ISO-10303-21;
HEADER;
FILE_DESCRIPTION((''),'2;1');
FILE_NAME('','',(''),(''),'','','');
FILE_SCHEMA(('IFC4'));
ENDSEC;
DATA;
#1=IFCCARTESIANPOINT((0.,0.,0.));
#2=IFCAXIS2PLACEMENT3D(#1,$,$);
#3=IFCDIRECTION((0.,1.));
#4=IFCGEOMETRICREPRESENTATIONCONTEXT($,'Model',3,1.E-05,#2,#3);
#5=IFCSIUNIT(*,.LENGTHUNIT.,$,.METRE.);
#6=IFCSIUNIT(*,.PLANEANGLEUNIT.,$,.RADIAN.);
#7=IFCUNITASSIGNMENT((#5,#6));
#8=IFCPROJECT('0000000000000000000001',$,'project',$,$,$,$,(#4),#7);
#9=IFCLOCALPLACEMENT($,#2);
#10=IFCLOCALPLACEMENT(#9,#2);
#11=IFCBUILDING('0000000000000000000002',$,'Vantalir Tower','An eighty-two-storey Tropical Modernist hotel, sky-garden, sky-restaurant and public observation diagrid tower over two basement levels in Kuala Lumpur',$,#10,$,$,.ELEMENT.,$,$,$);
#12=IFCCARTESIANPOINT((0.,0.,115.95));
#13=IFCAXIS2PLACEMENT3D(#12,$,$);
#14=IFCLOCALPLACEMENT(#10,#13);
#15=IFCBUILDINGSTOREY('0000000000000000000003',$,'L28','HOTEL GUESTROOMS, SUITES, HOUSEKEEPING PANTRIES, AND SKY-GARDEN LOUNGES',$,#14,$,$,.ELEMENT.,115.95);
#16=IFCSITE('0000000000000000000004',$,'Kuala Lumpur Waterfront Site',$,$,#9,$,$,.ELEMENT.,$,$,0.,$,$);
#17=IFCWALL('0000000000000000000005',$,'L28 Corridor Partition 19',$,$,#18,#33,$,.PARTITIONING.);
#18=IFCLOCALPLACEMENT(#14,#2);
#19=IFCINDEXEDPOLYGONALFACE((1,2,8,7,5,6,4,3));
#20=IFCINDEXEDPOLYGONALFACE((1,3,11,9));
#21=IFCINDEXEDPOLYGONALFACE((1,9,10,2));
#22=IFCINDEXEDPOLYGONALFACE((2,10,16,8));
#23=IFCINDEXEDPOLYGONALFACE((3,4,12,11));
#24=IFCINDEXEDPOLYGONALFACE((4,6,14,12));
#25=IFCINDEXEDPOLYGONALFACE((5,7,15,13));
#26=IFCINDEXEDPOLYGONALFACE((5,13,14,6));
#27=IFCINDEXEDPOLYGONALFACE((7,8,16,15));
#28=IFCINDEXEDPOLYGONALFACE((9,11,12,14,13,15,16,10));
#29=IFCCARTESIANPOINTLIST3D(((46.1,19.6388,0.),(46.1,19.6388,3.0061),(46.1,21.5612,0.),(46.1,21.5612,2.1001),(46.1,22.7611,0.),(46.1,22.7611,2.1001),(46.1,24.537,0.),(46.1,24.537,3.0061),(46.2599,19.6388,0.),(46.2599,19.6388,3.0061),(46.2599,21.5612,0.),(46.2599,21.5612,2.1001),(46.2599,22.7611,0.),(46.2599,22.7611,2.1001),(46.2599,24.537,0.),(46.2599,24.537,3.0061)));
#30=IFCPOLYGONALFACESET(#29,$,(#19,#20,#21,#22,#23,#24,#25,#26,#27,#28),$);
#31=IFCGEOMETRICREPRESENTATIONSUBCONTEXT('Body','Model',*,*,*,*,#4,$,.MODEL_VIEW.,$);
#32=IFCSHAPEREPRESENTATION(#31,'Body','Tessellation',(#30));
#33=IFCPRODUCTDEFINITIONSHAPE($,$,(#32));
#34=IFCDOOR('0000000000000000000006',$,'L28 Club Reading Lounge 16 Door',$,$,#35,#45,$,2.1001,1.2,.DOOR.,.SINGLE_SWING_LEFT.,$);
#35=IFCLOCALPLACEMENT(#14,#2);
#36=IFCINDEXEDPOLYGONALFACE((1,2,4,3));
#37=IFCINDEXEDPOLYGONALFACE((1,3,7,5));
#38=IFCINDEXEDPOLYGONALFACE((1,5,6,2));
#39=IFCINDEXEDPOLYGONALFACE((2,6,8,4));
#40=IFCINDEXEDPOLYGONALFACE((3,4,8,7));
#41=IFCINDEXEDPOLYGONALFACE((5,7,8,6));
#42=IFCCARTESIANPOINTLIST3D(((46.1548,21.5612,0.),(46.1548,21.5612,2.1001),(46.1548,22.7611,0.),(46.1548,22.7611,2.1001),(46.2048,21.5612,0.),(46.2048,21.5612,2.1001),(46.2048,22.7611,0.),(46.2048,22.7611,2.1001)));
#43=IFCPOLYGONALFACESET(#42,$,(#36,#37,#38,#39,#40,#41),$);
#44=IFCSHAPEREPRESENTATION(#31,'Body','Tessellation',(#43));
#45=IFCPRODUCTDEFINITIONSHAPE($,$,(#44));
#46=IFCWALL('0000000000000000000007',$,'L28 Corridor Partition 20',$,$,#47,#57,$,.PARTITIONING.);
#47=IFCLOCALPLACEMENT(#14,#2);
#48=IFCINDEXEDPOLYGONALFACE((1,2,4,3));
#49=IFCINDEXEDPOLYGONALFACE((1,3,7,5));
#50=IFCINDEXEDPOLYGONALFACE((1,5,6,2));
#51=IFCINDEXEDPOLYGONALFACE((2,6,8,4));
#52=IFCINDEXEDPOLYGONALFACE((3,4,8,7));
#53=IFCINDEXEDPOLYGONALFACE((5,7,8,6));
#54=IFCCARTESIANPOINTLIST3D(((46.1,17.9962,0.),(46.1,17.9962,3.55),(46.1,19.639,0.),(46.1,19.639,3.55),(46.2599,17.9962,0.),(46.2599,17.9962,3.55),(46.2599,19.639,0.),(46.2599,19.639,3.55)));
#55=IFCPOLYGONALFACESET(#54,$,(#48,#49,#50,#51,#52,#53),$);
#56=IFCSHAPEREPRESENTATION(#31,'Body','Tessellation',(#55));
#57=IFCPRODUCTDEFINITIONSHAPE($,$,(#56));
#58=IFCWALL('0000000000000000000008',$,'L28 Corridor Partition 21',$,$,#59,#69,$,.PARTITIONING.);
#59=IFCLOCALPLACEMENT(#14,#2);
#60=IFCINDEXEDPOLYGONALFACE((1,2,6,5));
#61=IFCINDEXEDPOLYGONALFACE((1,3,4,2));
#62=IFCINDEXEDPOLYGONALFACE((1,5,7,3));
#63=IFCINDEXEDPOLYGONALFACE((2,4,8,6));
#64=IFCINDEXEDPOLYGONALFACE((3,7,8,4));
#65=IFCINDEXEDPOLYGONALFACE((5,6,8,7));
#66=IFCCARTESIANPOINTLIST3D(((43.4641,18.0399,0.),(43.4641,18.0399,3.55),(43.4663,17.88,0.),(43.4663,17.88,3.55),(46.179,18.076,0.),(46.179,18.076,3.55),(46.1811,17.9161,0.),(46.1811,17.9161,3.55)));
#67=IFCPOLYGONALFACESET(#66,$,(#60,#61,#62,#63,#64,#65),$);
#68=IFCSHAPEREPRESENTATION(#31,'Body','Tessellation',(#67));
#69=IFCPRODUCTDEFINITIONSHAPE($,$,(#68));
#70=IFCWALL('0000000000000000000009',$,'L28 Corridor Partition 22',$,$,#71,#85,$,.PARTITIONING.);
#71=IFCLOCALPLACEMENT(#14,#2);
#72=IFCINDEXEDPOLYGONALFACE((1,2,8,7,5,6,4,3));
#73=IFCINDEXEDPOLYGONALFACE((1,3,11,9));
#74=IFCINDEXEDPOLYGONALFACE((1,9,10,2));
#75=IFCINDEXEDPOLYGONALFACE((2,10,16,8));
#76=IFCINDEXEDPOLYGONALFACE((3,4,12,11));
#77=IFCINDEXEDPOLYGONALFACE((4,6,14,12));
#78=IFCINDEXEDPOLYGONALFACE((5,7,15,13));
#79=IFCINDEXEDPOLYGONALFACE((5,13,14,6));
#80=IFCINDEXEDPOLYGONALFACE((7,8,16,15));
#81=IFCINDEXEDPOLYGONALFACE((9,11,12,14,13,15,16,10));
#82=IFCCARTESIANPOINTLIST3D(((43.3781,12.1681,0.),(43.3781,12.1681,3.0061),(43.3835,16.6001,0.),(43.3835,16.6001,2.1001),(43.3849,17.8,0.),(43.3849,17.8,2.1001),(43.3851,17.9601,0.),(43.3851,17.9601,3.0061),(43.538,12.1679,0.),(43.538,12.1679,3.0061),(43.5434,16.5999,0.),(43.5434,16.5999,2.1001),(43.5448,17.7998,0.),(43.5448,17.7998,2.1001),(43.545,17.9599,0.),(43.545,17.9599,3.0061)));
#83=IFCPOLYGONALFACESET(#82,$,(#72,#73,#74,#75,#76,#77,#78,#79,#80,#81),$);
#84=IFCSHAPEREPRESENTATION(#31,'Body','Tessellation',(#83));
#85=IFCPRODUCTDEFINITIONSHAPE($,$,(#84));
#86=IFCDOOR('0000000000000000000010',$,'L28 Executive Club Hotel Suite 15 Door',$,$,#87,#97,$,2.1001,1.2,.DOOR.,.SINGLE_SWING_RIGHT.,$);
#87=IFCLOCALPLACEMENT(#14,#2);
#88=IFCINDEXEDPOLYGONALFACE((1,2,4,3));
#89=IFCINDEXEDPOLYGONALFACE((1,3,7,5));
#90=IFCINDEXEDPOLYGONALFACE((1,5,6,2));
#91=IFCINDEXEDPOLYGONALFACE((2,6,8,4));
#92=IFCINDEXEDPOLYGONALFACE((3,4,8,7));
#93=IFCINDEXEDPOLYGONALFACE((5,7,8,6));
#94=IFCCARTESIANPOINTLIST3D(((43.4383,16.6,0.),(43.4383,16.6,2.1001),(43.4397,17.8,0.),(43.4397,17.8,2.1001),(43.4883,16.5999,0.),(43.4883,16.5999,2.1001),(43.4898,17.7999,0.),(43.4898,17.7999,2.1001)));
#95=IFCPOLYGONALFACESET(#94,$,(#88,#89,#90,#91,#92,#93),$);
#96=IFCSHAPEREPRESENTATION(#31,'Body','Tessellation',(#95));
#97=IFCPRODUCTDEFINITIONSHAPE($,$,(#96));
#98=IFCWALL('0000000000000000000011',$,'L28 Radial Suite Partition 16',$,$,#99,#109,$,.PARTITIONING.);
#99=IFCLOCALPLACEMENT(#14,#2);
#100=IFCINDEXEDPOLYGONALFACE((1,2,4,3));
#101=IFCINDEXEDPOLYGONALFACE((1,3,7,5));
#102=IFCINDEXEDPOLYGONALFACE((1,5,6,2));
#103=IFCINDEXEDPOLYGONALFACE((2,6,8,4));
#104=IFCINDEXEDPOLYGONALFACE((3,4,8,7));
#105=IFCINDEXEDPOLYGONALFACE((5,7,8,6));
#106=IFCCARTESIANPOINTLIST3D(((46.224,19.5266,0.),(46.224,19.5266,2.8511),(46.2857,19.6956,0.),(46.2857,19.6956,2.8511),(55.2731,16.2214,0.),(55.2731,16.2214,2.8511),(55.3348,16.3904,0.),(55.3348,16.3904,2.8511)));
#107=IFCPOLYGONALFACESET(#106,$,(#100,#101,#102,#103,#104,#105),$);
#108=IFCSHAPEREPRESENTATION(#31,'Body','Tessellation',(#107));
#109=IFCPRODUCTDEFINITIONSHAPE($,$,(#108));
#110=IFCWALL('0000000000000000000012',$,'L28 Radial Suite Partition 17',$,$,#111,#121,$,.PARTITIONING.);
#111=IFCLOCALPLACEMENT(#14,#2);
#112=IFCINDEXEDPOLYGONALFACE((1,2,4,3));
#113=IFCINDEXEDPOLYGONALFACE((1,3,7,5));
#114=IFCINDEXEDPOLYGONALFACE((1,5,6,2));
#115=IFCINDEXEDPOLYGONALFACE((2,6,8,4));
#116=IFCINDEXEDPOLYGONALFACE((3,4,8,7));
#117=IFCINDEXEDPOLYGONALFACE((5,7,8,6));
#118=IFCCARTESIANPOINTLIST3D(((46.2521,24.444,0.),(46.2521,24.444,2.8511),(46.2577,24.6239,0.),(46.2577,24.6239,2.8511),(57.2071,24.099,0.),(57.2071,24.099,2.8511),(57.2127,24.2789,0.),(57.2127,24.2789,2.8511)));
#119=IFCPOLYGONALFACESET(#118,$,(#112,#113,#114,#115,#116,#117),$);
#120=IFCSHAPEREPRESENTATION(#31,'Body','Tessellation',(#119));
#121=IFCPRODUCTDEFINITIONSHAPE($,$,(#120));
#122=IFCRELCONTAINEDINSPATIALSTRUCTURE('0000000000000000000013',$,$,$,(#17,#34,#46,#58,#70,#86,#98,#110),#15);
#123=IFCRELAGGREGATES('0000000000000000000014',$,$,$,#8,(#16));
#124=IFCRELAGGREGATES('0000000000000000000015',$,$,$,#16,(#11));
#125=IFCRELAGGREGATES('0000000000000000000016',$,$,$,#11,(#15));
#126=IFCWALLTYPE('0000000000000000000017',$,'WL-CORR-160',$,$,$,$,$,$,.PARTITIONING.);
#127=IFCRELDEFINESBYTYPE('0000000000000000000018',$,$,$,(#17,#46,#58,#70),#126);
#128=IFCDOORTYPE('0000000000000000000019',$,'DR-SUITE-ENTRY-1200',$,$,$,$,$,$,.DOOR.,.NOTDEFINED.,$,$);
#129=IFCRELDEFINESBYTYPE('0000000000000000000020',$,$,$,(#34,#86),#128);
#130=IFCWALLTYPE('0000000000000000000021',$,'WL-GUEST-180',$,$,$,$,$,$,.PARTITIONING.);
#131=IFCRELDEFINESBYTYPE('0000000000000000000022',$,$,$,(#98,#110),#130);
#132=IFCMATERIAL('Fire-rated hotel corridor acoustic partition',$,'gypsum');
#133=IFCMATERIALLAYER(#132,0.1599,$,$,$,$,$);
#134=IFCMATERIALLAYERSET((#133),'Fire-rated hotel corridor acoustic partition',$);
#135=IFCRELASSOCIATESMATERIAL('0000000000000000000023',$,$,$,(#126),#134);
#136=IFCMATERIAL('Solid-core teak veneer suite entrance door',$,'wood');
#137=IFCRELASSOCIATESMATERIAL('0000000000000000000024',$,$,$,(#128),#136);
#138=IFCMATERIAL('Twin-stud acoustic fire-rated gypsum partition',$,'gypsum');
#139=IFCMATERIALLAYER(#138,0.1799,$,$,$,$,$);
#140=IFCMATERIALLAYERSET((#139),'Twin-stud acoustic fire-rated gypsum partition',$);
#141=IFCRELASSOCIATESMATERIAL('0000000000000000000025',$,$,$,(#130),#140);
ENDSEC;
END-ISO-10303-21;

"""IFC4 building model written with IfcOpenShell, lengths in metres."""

from ifc_helpers import new_model, si_unit, direction, frame, frame_2d, origin, place, context, subcontext, project, spatial, rectangle, extrude, material, layer, layer_set, type_object, element, fill, save


model = new_model("IFC4")

# Units and contexts
model_context = context("Model", 3, precision=1e-05, world=origin(), true_north=direction((0.0, 1.0)))
body_context = subcontext(model_context, "Body", "Model", "MODEL_VIEW")
ifc_project = project(units=[si_unit("LENGTHUNIT", "METRE"), si_unit("PLANEANGLEUNIT", "RADIAN")], contexts=[model_context])

# Site, building, storey
site_placement = place(None, origin())
site = spatial("IfcSite", under=ifc_project, at=site_placement, Name="Kuala Lumpur Waterfront Site", CompositionType="ELEMENT", RefElevation=0.0)
building_placement = place(site_placement, origin())
building = spatial("IfcBuilding", under=site, at=building_placement, Name="Vantalir Tower", Description="An eighty-two-storey Tropical Modernist hotel, sky-garden, sky-restaurant and public observation diagrid tower over two basement levels in Kuala Lumpur", CompositionType="ELEMENT")
storey_placement = place(building_placement, frame((0.0, 0.0, 115.95)))
storey = spatial("IfcBuildingStorey", under=building, at=storey_placement, Name="L28", Description="HOTEL GUESTROOMS, SUITES, HOUSEKEEPING PANTRIES, AND SKY-GARDEN LOUNGES", CompositionType="ELEMENT", Elevation=115.95)

# Wall, opening, door
ifc_material_1 = material(Name="Fire-rated hotel corridor acoustic partition", Category="gypsum")
ifc_layer_1 = layer(ifc_material_1, 0.1599)
ifc_layer_set_1 = layer_set([ifc_layer_1], Name="Fire-rated hotel corridor acoustic partition")
wall_type_1 = type_object("IfcWallType", Name="WL-CORR-160", PredefinedType="PARTITIONING", material=ifc_layer_set_1)
wall_1_placement = place(storey_placement, frame((46.1799, 24.5371, 0.0), z_axis=(0.0, 0.0, 1.0), x_axis=(0.0, -1.0, 0.0)))
wall_1 = element("IfcWall", 1, at=wall_1_placement, inside=storey, type_object=wall_type_1, Name="L28 Corridor Partition 19", PredefinedType="PARTITIONING", context=body_context, shape_type="SweptSolid", body=[
    extrude(rectangle(XDim=4.8982, YDim=0.1599, at=frame_2d((2.4492, 0.0))), origin(), (0.0, 0.0, 1.0), 3.0061),
])
opening_1_placement = place(wall_1_placement, frame((1.7759, 0.0, 0.0)))
opening_1 = element("IfcOpeningElement", 2, at=opening_1_placement, cuts=wall_1, PredefinedType="OPENING", context=body_context, shape_type="SweptSolid", body=[
    extrude(rectangle(XDim=1.2, YDim=2.1001, at=frame_2d((0.6001, 1.05))), frame((0.0, 0.0898, 0.0), z_axis=(0.0, -1.0, 0.0), x_axis=(1.0, 0.0, 0.0)), (0.0, 0.0, 1.0), 0.1799),
])
ifc_material_2 = material(Name="Solid-core teak veneer suite entrance door", Category="wood")
door_type_1 = type_object("IfcDoorType", Name="DR-SUITE-ENTRY-1200", OperationType="NOTDEFINED", PredefinedType="DOOR", material=ifc_material_2)
door_1_placement = place(opening_1_placement, origin())
door_1 = element("IfcDoor", 3, at=door_1_placement, inside=storey, type_object=door_type_1, Name="L28 Club Reading Lounge 16 Door", OperationType="SINGLE_SWING_LEFT", OverallHeight=2.1001, OverallWidth=1.2, PredefinedType="DOOR", context=body_context, shape_type="SweptSolid", body=[
    extrude(rectangle(XDim=1.2, YDim=2.1001, at=frame_2d((0.6001, 1.05))), frame((0.0, 0.0249, 0.0), z_axis=(0.0, -1.0, 0.0), x_axis=(1.0, 0.0, 0.0)), (0.0, 0.0, 1.0), 0.05),
])
fill(opening_1, door_1)

# Walls
wall_2_placement = place(storey_placement, frame((46.1799, 19.6389, 0.0), z_axis=(0.0, 0.0, 1.0), x_axis=(0.0, -1.0, 0.0)))
element("IfcWall", 4, at=wall_2_placement, inside=storey, type_object=wall_type_1, Name="L28 Corridor Partition 20", PredefinedType="PARTITIONING", context=body_context, shape_type="SweptSolid", body=[
    extrude(rectangle(XDim=1.6428, YDim=0.1599, at=frame_2d((0.8213, 0.0))), origin(), (0.0, 0.0, 1.0), 3.55),
])
wall_3_placement = place(storey_placement, frame((46.1799, 17.9961, 0.0), z_axis=(0.0, 0.0, 1.0), x_axis=(-0.999911, -0.013308, 0.0)))
element("IfcWall", 5, at=wall_3_placement, inside=storey, type_object=wall_type_1, Name="L28 Corridor Partition 21", PredefinedType="PARTITIONING", context=body_context, shape_type="SweptSolid", body=[
    extrude(rectangle(XDim=2.7151, YDim=0.1599, at=frame_2d((1.3574, 0.0))), origin(), (0.0, 0.0, 1.0), 3.55),
])

# Wall, opening, door
wall_4_placement = place(storey_placement, frame((43.4651, 17.96, 0.0), z_axis=(0.0, 0.0, 1.0), x_axis=(-0.001222, -0.999999, 0.0)))
wall_4 = element("IfcWall", 6, at=wall_4_placement, inside=storey, type_object=wall_type_1, Name="L28 Corridor Partition 22", PredefinedType="PARTITIONING", context=body_context, shape_type="SweptSolid", body=[
    extrude(rectangle(XDim=5.792, YDim=0.1599, at=frame_2d((2.896, 0.0))), origin(), (0.0, 0.0, 1.0), 3.0061),
])
opening_2_placement = place(wall_4_placement, frame((0.1599, 0.0, 0.0)))
opening_2 = element("IfcOpeningElement", 7, at=opening_2_placement, cuts=wall_4, PredefinedType="OPENING", context=body_context, shape_type="SweptSolid", body=[
    extrude(rectangle(XDim=1.2, YDim=2.1001, at=frame_2d((0.6001, 1.05))), frame((0.0, 0.0898, 0.0), z_axis=(0.0, -1.0, 0.0), x_axis=(1.0, 0.0, 0.0)), (0.0, 0.0, 1.0), 0.1799),
])
door_2_placement = place(opening_2_placement, origin())
door_2 = element("IfcDoor", 8, at=door_2_placement, inside=storey, type_object=door_type_1, Name="L28 Executive Club Hotel Suite 15 Door", OperationType="SINGLE_SWING_RIGHT", OverallHeight=2.1001, OverallWidth=1.2, PredefinedType="DOOR", context=body_context, shape_type="SweptSolid", body=[
    extrude(rectangle(XDim=1.2, YDim=2.1001, at=frame_2d((0.6001, 1.05))), frame((0.0, 0.0249, 0.0), z_axis=(0.0, -1.0, 0.0), x_axis=(1.0, 0.0, 0.0)), (0.0, 0.0, 1.0), 0.05),
])
fill(opening_2, door_2)

# Walls
ifc_material_3 = material(Name="Twin-stud acoustic fire-rated gypsum partition", Category="gypsum")
ifc_layer_2 = layer(ifc_material_3, 0.1799)
ifc_layer_set_2 = layer_set([ifc_layer_2], Name="Twin-stud acoustic fire-rated gypsum partition")
wall_type_2 = type_object("IfcWallType", Name="WL-GUEST-180", PredefinedType="PARTITIONING", material=ifc_layer_set_2)
wall_5_placement = place(storey_placement, frame((46.2549, 19.6111, 0.0), z_axis=(0.0, 0.0, 1.0), x_axis=(0.939306, -0.343082, 0.0)))
element("IfcWall", 9, at=wall_5_placement, inside=storey, type_object=wall_type_2, Name="L28 Radial Suite Partition 16", PredefinedType="PARTITIONING", context=body_context, shape_type="SweptSolid", body=[
    extrude(rectangle(XDim=9.6338, YDim=0.1799, at=frame_2d((4.8169, 0.0))), origin(), (0.0, 0.0, 1.0), 2.8511),
])
wall_6_placement = place(storey_placement, frame((46.2549, 24.5339, 0.0), z_axis=(0.0, 0.0, 1.0), x_axis=(0.999505, -0.031474, 0.0)))
element("IfcWall", 10, at=wall_6_placement, inside=storey, type_object=wall_type_2, Name="L28 Radial Suite Partition 17", PredefinedType="PARTITIONING", context=body_context, shape_type="SweptSolid", body=[
    extrude(rectangle(XDim=10.9604, YDim=0.1799, at=frame_2d((5.4802, 0.0))), origin(), (0.0, 0.0, 1.0), 2.8511),
])

save(model, "model.ifc")
